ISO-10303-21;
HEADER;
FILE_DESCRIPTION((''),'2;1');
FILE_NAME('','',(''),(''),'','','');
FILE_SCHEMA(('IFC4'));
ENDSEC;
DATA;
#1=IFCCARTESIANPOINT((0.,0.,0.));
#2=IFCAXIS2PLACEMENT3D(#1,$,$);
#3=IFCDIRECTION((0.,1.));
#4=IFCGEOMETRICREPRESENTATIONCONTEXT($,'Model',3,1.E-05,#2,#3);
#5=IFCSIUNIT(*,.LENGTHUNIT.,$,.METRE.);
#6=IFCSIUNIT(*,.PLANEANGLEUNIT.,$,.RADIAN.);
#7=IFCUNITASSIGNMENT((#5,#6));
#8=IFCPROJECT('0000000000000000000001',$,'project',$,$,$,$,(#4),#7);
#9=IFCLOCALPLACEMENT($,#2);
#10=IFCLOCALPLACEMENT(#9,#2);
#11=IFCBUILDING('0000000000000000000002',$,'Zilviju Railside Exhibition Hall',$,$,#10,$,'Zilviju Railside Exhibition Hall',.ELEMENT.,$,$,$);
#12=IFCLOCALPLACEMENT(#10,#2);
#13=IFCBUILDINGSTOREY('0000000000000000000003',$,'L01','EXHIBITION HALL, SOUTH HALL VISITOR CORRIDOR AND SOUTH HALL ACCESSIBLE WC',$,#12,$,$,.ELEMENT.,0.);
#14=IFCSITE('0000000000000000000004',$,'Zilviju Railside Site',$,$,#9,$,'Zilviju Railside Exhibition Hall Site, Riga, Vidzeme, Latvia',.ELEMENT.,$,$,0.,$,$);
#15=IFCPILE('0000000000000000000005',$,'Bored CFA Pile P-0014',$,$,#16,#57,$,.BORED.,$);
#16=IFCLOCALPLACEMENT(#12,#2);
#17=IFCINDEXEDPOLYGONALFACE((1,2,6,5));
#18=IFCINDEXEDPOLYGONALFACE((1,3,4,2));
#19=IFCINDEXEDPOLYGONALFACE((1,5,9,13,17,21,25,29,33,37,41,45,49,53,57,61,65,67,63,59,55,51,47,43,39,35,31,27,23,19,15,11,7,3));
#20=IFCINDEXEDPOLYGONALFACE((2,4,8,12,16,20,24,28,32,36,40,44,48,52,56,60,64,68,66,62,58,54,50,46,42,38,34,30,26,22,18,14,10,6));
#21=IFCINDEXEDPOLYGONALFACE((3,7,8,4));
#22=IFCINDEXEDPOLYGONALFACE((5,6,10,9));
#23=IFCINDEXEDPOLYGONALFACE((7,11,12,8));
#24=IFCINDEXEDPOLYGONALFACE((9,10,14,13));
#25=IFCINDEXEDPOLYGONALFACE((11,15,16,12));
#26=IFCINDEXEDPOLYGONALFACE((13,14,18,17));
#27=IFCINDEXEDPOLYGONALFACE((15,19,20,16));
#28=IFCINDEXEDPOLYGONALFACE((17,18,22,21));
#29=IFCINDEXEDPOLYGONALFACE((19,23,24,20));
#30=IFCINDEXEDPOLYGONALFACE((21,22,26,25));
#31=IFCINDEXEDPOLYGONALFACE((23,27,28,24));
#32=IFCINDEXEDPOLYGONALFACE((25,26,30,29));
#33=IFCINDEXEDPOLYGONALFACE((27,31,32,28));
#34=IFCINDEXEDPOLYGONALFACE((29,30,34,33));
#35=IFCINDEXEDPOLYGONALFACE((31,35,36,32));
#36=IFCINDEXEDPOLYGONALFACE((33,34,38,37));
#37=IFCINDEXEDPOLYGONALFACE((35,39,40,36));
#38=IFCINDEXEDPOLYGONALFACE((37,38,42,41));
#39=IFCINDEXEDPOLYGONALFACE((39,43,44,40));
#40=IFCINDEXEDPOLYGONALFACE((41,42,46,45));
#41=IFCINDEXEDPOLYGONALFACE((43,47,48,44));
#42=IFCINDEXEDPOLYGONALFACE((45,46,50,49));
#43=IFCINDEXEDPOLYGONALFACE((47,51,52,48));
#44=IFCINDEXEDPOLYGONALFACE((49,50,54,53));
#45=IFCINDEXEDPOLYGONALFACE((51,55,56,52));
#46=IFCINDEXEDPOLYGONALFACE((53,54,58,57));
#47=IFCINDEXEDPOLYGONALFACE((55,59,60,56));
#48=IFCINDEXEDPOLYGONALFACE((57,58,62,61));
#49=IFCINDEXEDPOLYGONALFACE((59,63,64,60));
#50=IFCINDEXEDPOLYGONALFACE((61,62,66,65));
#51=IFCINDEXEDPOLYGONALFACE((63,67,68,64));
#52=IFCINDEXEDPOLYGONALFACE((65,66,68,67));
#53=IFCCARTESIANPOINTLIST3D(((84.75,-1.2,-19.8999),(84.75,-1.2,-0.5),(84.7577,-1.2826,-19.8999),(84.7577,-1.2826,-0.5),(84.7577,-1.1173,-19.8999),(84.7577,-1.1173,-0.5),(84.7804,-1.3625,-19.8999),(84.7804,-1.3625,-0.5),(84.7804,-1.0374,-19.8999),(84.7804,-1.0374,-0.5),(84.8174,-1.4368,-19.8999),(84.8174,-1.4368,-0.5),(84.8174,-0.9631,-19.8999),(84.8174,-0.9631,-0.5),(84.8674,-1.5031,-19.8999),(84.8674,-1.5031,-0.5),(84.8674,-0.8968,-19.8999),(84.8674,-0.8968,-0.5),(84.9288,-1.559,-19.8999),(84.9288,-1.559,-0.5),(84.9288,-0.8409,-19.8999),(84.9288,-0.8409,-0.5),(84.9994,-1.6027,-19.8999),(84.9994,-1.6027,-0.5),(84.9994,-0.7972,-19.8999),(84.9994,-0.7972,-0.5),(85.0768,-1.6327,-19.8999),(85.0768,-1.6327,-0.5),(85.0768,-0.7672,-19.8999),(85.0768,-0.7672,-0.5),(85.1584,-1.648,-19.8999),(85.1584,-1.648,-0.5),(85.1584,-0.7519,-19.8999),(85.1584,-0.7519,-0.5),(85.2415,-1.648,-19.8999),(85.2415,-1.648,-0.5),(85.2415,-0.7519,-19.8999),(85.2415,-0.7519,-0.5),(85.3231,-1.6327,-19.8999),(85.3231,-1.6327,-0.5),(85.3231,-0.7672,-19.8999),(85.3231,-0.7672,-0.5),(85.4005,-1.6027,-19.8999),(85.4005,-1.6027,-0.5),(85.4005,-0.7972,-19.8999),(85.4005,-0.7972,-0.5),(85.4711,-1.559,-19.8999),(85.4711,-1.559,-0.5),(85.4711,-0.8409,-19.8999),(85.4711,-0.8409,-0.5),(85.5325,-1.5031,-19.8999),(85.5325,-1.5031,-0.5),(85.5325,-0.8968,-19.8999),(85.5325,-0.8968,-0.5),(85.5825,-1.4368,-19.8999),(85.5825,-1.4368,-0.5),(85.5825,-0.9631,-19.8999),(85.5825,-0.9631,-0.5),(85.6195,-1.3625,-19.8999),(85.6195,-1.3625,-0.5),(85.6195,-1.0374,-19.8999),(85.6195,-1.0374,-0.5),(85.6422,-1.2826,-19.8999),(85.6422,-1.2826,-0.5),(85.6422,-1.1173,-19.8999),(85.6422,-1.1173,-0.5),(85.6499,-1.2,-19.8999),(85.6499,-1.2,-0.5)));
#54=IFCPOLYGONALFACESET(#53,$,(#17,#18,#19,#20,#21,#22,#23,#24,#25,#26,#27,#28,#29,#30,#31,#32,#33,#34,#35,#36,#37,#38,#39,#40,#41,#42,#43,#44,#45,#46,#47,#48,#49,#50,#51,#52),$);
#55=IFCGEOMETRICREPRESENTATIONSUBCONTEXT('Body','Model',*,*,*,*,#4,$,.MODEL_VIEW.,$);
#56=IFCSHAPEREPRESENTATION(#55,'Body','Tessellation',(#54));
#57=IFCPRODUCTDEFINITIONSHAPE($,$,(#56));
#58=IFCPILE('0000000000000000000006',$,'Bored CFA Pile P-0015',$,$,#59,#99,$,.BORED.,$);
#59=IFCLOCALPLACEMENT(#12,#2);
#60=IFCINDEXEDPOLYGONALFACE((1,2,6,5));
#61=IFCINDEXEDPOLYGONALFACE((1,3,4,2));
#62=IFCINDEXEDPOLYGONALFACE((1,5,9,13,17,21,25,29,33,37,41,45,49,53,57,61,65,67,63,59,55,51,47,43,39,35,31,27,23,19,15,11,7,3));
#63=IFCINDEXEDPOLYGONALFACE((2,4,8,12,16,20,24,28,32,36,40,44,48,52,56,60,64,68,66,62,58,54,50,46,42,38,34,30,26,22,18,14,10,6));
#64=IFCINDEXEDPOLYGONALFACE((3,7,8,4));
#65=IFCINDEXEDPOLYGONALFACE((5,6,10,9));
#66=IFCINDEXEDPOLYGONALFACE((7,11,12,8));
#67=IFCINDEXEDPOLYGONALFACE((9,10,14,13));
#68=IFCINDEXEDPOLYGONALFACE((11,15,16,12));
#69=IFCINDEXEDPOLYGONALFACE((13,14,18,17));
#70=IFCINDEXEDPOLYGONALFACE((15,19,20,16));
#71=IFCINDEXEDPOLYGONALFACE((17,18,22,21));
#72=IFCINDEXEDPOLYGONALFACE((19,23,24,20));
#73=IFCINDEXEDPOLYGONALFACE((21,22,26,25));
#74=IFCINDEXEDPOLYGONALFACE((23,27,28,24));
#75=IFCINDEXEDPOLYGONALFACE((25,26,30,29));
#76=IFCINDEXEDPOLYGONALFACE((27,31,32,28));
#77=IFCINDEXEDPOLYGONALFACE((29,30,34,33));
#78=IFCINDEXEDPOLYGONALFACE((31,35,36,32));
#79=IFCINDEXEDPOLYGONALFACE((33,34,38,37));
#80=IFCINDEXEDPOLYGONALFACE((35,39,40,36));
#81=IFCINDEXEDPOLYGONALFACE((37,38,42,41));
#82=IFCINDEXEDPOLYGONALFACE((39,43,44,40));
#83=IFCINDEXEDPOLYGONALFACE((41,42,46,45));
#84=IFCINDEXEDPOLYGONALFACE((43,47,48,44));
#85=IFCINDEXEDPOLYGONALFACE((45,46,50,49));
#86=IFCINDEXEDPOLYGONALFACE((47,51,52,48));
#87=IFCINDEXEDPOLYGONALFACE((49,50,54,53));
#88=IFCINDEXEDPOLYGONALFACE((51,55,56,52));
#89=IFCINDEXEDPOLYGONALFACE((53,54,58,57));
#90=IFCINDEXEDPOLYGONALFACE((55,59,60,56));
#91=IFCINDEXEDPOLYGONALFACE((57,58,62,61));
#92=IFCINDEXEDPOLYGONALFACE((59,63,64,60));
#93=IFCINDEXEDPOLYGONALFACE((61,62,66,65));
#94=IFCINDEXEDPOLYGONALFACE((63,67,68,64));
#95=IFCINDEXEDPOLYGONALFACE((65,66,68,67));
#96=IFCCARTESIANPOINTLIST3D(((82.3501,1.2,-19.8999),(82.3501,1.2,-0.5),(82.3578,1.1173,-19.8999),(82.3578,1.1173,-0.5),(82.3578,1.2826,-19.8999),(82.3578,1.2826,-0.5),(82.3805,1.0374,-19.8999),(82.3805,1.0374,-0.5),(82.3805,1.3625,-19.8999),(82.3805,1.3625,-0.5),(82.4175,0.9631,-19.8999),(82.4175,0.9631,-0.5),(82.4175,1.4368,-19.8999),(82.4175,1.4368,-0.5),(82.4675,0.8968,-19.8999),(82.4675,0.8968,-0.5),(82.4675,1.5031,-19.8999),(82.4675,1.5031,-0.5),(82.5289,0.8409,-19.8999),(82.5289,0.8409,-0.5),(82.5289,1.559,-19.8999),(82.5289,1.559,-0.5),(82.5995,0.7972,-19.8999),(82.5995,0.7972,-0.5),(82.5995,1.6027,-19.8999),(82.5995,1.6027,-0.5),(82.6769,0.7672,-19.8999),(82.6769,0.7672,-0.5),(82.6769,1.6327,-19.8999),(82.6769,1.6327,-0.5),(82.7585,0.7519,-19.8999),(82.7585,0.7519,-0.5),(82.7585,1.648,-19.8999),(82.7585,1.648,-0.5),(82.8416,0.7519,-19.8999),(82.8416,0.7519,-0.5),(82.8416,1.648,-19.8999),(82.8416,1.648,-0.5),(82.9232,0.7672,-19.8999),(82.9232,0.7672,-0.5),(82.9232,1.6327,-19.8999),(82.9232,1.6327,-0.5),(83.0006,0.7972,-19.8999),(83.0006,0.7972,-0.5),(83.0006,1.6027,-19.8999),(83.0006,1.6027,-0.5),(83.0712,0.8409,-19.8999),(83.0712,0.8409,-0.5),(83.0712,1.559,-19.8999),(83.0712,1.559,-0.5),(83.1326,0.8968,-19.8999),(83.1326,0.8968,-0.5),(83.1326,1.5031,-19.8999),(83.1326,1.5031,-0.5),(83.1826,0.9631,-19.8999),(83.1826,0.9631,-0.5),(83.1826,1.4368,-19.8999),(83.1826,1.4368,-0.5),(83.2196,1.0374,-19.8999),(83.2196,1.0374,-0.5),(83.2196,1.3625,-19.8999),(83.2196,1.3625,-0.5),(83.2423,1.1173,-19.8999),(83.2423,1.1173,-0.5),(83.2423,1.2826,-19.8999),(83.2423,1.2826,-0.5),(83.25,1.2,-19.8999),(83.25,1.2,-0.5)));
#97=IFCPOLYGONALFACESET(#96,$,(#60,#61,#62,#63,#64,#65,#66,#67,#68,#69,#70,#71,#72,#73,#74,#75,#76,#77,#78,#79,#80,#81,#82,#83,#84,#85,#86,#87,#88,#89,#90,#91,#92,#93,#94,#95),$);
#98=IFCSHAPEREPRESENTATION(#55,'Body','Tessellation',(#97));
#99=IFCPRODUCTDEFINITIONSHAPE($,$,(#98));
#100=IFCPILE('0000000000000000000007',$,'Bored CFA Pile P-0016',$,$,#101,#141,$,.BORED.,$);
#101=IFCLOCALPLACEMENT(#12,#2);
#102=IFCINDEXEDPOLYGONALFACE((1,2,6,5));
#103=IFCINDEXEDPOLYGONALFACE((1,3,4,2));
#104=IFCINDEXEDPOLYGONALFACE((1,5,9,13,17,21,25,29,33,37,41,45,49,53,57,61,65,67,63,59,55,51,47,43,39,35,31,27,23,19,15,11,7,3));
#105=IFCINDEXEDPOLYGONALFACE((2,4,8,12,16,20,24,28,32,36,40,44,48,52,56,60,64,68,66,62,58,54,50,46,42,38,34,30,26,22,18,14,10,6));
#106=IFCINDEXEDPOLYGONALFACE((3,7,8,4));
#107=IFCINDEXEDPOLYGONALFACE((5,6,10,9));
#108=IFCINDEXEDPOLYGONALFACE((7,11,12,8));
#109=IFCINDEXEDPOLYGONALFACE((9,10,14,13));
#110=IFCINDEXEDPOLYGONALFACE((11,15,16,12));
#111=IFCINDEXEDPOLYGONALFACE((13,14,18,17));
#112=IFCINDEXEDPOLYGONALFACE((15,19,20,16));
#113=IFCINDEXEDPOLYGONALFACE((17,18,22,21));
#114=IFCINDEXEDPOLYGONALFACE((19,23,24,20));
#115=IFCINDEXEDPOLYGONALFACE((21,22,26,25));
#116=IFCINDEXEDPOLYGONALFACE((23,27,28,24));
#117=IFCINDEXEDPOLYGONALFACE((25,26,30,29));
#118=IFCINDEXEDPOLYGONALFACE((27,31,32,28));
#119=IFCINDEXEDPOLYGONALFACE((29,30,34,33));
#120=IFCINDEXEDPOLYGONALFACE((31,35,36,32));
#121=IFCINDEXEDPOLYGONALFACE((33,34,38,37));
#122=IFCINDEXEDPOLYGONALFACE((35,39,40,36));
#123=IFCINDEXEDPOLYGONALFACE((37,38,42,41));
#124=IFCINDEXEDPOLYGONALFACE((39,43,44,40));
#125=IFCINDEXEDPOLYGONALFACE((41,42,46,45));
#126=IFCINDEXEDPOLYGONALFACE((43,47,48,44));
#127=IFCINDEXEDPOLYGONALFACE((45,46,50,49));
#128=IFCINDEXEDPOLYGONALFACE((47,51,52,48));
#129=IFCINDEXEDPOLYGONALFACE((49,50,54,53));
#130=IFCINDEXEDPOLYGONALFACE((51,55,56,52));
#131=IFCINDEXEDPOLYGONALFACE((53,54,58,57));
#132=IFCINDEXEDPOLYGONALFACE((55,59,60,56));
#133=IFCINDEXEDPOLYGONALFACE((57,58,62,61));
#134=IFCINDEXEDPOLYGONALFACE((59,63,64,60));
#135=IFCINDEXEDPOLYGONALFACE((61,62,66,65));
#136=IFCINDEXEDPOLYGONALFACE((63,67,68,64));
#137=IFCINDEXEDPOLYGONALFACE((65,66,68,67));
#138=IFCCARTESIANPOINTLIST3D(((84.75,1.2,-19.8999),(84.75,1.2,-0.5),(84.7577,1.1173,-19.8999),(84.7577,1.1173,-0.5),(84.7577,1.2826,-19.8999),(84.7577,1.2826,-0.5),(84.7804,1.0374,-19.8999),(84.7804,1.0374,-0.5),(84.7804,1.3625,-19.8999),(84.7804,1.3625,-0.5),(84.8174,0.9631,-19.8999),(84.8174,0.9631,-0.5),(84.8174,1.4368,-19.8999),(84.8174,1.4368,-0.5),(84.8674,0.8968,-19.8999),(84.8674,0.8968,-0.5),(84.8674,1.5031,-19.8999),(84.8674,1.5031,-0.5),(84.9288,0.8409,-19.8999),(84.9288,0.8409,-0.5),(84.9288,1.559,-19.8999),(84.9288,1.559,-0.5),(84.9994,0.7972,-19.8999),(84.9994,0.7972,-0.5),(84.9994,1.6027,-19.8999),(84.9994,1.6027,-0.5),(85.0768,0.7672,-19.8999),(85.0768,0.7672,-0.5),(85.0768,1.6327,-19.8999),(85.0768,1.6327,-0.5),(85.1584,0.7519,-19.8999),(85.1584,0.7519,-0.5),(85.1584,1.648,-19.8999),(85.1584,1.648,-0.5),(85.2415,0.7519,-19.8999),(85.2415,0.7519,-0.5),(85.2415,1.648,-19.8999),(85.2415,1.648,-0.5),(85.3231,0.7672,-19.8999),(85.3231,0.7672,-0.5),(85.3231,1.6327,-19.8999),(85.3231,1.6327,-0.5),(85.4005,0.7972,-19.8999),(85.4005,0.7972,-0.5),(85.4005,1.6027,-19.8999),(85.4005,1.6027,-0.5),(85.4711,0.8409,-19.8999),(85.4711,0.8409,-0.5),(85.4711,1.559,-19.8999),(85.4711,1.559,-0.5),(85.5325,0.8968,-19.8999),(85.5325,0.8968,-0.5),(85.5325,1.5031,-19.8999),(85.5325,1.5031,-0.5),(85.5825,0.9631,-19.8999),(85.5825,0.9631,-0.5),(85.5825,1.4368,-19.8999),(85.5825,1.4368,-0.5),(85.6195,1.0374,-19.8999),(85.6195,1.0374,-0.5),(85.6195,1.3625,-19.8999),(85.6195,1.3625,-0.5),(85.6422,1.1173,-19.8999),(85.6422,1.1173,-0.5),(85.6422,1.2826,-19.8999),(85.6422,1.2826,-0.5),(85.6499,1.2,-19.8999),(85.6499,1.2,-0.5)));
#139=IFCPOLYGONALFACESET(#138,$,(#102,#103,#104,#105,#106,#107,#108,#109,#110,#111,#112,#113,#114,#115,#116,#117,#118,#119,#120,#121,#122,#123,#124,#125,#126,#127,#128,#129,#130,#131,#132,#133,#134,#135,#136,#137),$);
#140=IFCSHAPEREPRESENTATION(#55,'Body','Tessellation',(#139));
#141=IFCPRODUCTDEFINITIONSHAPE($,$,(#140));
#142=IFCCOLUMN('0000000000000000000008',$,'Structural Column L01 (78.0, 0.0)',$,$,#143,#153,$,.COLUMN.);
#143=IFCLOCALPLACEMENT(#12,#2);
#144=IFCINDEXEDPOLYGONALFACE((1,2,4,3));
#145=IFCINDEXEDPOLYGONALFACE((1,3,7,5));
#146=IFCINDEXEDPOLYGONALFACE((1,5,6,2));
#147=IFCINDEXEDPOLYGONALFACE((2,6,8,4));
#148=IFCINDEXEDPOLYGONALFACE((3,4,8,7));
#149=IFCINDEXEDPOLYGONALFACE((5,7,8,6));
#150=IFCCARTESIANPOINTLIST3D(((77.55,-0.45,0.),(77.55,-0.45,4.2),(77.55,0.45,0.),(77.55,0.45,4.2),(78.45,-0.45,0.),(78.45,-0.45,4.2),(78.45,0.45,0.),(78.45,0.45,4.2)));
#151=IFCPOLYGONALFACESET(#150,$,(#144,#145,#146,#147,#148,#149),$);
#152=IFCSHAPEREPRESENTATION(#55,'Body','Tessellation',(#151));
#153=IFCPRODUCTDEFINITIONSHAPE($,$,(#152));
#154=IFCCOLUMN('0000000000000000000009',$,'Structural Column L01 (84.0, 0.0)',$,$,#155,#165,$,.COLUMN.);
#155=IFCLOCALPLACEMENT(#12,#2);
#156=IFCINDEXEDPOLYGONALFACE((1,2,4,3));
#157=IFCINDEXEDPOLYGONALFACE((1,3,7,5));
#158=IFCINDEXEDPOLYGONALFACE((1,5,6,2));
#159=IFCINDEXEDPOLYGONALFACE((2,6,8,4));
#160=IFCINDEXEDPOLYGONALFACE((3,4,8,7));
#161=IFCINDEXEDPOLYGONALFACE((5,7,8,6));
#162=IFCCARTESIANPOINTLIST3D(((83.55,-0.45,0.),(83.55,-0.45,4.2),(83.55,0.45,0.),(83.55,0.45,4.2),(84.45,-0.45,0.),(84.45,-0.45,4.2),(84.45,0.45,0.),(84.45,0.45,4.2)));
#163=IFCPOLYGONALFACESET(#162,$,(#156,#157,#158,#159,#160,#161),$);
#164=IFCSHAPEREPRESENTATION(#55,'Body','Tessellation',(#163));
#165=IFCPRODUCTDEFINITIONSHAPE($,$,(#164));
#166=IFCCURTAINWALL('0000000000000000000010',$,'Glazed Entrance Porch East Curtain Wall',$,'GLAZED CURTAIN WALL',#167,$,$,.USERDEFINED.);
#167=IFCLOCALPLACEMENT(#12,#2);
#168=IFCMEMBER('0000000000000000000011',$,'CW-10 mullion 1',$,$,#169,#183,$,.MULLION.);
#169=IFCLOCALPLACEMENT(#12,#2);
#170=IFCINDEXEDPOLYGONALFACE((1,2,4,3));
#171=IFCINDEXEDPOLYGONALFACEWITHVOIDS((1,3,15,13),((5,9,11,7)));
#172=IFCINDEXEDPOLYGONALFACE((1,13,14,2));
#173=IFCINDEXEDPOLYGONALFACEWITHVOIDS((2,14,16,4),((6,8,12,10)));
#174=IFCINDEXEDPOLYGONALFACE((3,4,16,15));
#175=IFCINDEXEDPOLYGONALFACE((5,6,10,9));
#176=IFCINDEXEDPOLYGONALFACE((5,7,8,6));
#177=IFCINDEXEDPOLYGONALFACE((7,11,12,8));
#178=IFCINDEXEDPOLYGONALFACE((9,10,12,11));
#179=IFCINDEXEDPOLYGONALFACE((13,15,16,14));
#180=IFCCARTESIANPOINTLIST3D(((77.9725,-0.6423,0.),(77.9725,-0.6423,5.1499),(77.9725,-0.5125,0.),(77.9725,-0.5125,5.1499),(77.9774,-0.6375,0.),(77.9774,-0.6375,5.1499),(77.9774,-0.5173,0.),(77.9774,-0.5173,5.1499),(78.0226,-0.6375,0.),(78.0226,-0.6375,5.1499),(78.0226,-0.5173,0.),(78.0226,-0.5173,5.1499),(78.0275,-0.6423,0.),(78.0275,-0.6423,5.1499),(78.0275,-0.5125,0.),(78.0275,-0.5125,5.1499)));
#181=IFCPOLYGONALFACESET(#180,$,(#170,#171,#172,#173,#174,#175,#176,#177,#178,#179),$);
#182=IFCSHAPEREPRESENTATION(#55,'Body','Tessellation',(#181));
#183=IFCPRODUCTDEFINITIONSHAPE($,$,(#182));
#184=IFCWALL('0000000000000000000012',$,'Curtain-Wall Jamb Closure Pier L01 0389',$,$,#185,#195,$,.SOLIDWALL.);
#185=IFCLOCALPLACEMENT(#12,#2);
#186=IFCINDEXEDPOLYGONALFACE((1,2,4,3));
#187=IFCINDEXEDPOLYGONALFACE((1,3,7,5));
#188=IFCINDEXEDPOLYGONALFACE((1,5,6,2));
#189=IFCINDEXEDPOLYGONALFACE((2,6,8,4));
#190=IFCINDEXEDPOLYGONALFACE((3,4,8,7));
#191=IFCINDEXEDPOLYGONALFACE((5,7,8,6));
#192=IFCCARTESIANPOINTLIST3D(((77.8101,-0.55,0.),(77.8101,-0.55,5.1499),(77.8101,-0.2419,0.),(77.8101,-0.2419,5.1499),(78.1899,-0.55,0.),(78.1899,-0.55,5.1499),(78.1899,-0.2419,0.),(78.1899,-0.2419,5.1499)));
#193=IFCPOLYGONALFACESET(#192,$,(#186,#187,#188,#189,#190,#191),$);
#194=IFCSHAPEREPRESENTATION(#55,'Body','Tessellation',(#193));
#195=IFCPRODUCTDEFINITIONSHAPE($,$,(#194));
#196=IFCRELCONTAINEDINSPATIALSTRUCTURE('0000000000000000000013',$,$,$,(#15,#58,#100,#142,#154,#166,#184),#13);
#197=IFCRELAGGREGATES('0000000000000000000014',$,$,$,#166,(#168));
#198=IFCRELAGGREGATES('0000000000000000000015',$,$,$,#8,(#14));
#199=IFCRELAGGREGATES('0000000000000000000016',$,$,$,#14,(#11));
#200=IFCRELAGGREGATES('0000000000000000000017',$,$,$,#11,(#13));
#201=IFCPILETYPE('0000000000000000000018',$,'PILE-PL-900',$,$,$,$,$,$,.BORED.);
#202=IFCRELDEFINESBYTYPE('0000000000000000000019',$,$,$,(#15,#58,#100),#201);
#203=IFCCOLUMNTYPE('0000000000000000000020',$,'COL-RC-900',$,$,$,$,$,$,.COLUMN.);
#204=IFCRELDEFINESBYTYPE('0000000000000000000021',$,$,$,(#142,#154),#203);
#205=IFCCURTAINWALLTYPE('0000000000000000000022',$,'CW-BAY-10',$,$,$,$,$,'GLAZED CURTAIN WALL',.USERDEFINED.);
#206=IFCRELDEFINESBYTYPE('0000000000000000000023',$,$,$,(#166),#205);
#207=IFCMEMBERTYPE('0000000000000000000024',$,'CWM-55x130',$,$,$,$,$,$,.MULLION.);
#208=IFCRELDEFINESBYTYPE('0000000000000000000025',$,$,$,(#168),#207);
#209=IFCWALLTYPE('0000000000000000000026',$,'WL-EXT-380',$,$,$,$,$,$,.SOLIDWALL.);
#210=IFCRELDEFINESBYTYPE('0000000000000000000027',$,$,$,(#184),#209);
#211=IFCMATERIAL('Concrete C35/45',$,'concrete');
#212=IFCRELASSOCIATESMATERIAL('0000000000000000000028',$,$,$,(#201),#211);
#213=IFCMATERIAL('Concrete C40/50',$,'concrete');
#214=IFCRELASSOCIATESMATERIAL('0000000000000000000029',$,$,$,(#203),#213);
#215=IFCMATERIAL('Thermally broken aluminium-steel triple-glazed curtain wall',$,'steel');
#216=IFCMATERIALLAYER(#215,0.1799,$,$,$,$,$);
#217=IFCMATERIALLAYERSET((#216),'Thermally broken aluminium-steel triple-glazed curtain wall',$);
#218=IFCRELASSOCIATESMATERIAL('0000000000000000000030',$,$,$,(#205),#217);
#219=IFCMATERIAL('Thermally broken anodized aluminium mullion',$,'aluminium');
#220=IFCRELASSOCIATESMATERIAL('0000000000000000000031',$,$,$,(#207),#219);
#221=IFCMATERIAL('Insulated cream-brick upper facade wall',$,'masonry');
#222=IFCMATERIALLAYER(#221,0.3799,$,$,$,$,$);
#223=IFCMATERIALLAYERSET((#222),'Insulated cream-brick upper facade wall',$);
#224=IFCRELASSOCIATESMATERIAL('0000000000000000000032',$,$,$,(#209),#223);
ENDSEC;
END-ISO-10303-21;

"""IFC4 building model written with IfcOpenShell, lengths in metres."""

from ifc_helpers import new_model, si_unit, direction, frame, frame_2d, origin, origin_2d, place, context, subcontext, project, spatial, rectangle, hollow_rectangle, circle, extrude, material, layer, layer_set, material_profile, profile_set, type_object, element, aggregate, save


model = new_model("IFC4")

# Units and contexts
model_context = context("Model", 3, precision=1e-05, world=origin(), true_north=direction((0.0, 1.0)))
body_context = subcontext(model_context, "Body", "Model", "MODEL_VIEW")
ifc_project = project(units=[si_unit("LENGTHUNIT", "METRE"), si_unit("PLANEANGLEUNIT", "RADIAN")], contexts=[model_context])

# Site, building, storey
site_placement = place(None, origin())
site = spatial("IfcSite", under=ifc_project, at=site_placement, Name="Zilviju Railside Site", LongName="Zilviju Railside Exhibition Hall Site, Riga, Vidzeme, Latvia", CompositionType="ELEMENT", RefElevation=0.0)
building_placement = place(site_placement, origin())
building = spatial("IfcBuilding", under=site, at=building_placement, Name="Zilviju Railside Exhibition Hall", LongName="Zilviju Railside Exhibition Hall", CompositionType="ELEMENT")
storey_placement = place(building_placement, origin())
storey = spatial("IfcBuildingStorey", under=building, at=storey_placement, Name="L01", Description="EXHIBITION HALL, SOUTH HALL VISITOR CORRIDOR AND SOUTH HALL ACCESSIBLE WC", CompositionType="ELEMENT", Elevation=0.0)

# Shared definitions
ifc_material_1 = material(Name="Concrete C35/45", Category="concrete")

# Piles
ifc_material_profile_1 = material_profile(ifc_material_1, circle(Radius=0.45, at=origin_2d()), Name="CFA PILE D900")
ifc_profile_set_1 = profile_set([ifc_material_profile_1], Name="Concrete C35/45")
pile_type = type_object("IfcPileType", Name="PILE-PL-900", PredefinedType="BORED", material=ifc_profile_set_1)
for number, where, z_axis, x_axis, name in (
    (1, (85.2, -1.2, -0.5), (0.0, 0.0, -1.0), (1.0, 0.0, 0.0), "Bored CFA Pile P-0014"),
    (2, (82.8, 1.2, -0.5), (0.0, 0.0, -1.0), (1.0, 0.0, 0.0), "Bored CFA Pile P-0015"),
    (3, (85.2, 1.2, -0.5), (0.0, 0.0, -1.0), (1.0, 0.0, 0.0), "Bored CFA Pile P-0016"),
):
    element("IfcPile", number, at=place(storey_placement, frame(where, z_axis=z_axis, x_axis=x_axis)), inside=storey, type_object=pile_type, Name=name, PredefinedType="BORED", context=body_context, shape_type="SweptSolid", body=[
        extrude(circle(Radius=0.45, at=origin_2d()), origin(), (0.0, 0.0, 1.0), 19.3999),
    ])

# Columns
ifc_material_2 = material(Name="Concrete C40/50", Category="concrete")
ifc_material_profile_2 = material_profile(ifc_material_2, rectangle(XDim=0.8999, YDim=0.8999, at=origin_2d()), Name="RC COL 900x900")
ifc_profile_set_2 = profile_set([ifc_material_profile_2], Name="Concrete C40/50")
column_type = type_object("IfcColumnType", Name="COL-RC-900", PredefinedType="COLUMN", material=ifc_profile_set_2)
for number, where, z_axis, x_axis, name in (
    (4, (78.0, 0.0, 0.0), (0.0, 0.0, 1.0), (1.0, 0.0, 0.0), "Structural Column L01 (78.0, 0.0)"),
    (5, (84.0, 0.0, 0.0), (0.0, 0.0, 1.0), (1.0, 0.0, 0.0), "Structural Column L01 (84.0, 0.0)"),
):
    element("IfcColumn", number, at=place(storey_placement, frame(where, z_axis=z_axis, x_axis=x_axis)), inside=storey, type_object=column_type, Name=name, PredefinedType="COLUMN", context=body_context, shape_type="SweptSolid", body=[
        extrude(rectangle(XDim=0.8999, YDim=0.8999, at=origin_2d()), origin(), (0.0, 0.0, 1.0), 4.2),
    ])

# Curtain wall, member
ifc_material_3 = material(Name="Thermally broken aluminium-steel triple-glazed curtain wall", Category="steel")
ifc_layer_1 = layer(ifc_material_3, 0.1799)
ifc_layer_set_1 = layer_set([ifc_layer_1], Name="Thermally broken aluminium-steel triple-glazed curtain wall")
curtain_wall_type = type_object("IfcCurtainWallType", Name="CW-BAY-10", ElementType="GLAZED CURTAIN WALL", PredefinedType="USERDEFINED", material=ifc_layer_set_1)
curtain_wall_placement = place(storey_placement, origin())
curtain_wall = element("IfcCurtainWall", 6, at=curtain_wall_placement, inside=storey, type_object=curtain_wall_type, Name="Glazed Entrance Porch East Curtain Wall", ObjectType="GLAZED CURTAIN WALL", PredefinedType="USERDEFINED")
ifc_material_4 = material(Name="Thermally broken anodized aluminium mullion", Category="aluminium")
ifc_material_profile_3 = material_profile(ifc_material_4, hollow_rectangle(XDim=0.0549, YDim=0.1299, WallThickness=0.0049, at=origin_2d()), Name="MULLION 130x55x5")
ifc_profile_set_3 = profile_set([ifc_material_profile_3], Name="Thermally broken anodized aluminium mullion")
member_type = type_object("IfcMemberType", Name="CWM-55x130", PredefinedType="MULLION", material=ifc_profile_set_3)
member_placement = place(storey_placement, frame((78.0, -0.5774, 0.0), z_axis=(0.0, 0.0, 1.0), x_axis=(1.0, 0.0, 0.0)))
member = element("IfcMember", 7, at=member_placement, type_object=member_type, Name="CW-10 mullion 1", PredefinedType="MULLION", context=body_context, shape_type="SweptSolid", body=[
    extrude(hollow_rectangle(XDim=0.0549, YDim=0.1299, WallThickness=0.0049, at=origin_2d()), origin(), (0.0, 0.0, 1.0), 5.1499),
])
aggregate(curtain_wall, [member])

# Wall
ifc_material_5 = material(Name="Insulated cream-brick upper facade wall", Category="masonry")
ifc_layer_2 = layer(ifc_material_5, 0.3799)
ifc_layer_set_2 = layer_set([ifc_layer_2], Name="Insulated cream-brick upper facade wall")
wall_type_1 = type_object("IfcWallType", Name="WL-EXT-380", PredefinedType="SOLIDWALL", material=ifc_layer_set_2)
wall_1_placement = place(storey_placement, frame((78.0, -0.2419, 0.0), z_axis=(0.0, 0.0, 1.0), x_axis=(0.0, -1.0, 0.0)))
element("IfcWall", 8, at=wall_1_placement, inside=storey, type_object=wall_type_1, Name="Curtain-Wall Jamb Closure Pier L01 0389", PredefinedType="SOLIDWALL", context=body_context, shape_type="SweptSolid", body=[
    extrude(rectangle(XDim=0.3081, YDim=0.3799, at=frame_2d((0.1541, 0.0))), origin(), (0.0, 0.0, 1.0), 5.1499),
])

save(model, "model.ifc")
